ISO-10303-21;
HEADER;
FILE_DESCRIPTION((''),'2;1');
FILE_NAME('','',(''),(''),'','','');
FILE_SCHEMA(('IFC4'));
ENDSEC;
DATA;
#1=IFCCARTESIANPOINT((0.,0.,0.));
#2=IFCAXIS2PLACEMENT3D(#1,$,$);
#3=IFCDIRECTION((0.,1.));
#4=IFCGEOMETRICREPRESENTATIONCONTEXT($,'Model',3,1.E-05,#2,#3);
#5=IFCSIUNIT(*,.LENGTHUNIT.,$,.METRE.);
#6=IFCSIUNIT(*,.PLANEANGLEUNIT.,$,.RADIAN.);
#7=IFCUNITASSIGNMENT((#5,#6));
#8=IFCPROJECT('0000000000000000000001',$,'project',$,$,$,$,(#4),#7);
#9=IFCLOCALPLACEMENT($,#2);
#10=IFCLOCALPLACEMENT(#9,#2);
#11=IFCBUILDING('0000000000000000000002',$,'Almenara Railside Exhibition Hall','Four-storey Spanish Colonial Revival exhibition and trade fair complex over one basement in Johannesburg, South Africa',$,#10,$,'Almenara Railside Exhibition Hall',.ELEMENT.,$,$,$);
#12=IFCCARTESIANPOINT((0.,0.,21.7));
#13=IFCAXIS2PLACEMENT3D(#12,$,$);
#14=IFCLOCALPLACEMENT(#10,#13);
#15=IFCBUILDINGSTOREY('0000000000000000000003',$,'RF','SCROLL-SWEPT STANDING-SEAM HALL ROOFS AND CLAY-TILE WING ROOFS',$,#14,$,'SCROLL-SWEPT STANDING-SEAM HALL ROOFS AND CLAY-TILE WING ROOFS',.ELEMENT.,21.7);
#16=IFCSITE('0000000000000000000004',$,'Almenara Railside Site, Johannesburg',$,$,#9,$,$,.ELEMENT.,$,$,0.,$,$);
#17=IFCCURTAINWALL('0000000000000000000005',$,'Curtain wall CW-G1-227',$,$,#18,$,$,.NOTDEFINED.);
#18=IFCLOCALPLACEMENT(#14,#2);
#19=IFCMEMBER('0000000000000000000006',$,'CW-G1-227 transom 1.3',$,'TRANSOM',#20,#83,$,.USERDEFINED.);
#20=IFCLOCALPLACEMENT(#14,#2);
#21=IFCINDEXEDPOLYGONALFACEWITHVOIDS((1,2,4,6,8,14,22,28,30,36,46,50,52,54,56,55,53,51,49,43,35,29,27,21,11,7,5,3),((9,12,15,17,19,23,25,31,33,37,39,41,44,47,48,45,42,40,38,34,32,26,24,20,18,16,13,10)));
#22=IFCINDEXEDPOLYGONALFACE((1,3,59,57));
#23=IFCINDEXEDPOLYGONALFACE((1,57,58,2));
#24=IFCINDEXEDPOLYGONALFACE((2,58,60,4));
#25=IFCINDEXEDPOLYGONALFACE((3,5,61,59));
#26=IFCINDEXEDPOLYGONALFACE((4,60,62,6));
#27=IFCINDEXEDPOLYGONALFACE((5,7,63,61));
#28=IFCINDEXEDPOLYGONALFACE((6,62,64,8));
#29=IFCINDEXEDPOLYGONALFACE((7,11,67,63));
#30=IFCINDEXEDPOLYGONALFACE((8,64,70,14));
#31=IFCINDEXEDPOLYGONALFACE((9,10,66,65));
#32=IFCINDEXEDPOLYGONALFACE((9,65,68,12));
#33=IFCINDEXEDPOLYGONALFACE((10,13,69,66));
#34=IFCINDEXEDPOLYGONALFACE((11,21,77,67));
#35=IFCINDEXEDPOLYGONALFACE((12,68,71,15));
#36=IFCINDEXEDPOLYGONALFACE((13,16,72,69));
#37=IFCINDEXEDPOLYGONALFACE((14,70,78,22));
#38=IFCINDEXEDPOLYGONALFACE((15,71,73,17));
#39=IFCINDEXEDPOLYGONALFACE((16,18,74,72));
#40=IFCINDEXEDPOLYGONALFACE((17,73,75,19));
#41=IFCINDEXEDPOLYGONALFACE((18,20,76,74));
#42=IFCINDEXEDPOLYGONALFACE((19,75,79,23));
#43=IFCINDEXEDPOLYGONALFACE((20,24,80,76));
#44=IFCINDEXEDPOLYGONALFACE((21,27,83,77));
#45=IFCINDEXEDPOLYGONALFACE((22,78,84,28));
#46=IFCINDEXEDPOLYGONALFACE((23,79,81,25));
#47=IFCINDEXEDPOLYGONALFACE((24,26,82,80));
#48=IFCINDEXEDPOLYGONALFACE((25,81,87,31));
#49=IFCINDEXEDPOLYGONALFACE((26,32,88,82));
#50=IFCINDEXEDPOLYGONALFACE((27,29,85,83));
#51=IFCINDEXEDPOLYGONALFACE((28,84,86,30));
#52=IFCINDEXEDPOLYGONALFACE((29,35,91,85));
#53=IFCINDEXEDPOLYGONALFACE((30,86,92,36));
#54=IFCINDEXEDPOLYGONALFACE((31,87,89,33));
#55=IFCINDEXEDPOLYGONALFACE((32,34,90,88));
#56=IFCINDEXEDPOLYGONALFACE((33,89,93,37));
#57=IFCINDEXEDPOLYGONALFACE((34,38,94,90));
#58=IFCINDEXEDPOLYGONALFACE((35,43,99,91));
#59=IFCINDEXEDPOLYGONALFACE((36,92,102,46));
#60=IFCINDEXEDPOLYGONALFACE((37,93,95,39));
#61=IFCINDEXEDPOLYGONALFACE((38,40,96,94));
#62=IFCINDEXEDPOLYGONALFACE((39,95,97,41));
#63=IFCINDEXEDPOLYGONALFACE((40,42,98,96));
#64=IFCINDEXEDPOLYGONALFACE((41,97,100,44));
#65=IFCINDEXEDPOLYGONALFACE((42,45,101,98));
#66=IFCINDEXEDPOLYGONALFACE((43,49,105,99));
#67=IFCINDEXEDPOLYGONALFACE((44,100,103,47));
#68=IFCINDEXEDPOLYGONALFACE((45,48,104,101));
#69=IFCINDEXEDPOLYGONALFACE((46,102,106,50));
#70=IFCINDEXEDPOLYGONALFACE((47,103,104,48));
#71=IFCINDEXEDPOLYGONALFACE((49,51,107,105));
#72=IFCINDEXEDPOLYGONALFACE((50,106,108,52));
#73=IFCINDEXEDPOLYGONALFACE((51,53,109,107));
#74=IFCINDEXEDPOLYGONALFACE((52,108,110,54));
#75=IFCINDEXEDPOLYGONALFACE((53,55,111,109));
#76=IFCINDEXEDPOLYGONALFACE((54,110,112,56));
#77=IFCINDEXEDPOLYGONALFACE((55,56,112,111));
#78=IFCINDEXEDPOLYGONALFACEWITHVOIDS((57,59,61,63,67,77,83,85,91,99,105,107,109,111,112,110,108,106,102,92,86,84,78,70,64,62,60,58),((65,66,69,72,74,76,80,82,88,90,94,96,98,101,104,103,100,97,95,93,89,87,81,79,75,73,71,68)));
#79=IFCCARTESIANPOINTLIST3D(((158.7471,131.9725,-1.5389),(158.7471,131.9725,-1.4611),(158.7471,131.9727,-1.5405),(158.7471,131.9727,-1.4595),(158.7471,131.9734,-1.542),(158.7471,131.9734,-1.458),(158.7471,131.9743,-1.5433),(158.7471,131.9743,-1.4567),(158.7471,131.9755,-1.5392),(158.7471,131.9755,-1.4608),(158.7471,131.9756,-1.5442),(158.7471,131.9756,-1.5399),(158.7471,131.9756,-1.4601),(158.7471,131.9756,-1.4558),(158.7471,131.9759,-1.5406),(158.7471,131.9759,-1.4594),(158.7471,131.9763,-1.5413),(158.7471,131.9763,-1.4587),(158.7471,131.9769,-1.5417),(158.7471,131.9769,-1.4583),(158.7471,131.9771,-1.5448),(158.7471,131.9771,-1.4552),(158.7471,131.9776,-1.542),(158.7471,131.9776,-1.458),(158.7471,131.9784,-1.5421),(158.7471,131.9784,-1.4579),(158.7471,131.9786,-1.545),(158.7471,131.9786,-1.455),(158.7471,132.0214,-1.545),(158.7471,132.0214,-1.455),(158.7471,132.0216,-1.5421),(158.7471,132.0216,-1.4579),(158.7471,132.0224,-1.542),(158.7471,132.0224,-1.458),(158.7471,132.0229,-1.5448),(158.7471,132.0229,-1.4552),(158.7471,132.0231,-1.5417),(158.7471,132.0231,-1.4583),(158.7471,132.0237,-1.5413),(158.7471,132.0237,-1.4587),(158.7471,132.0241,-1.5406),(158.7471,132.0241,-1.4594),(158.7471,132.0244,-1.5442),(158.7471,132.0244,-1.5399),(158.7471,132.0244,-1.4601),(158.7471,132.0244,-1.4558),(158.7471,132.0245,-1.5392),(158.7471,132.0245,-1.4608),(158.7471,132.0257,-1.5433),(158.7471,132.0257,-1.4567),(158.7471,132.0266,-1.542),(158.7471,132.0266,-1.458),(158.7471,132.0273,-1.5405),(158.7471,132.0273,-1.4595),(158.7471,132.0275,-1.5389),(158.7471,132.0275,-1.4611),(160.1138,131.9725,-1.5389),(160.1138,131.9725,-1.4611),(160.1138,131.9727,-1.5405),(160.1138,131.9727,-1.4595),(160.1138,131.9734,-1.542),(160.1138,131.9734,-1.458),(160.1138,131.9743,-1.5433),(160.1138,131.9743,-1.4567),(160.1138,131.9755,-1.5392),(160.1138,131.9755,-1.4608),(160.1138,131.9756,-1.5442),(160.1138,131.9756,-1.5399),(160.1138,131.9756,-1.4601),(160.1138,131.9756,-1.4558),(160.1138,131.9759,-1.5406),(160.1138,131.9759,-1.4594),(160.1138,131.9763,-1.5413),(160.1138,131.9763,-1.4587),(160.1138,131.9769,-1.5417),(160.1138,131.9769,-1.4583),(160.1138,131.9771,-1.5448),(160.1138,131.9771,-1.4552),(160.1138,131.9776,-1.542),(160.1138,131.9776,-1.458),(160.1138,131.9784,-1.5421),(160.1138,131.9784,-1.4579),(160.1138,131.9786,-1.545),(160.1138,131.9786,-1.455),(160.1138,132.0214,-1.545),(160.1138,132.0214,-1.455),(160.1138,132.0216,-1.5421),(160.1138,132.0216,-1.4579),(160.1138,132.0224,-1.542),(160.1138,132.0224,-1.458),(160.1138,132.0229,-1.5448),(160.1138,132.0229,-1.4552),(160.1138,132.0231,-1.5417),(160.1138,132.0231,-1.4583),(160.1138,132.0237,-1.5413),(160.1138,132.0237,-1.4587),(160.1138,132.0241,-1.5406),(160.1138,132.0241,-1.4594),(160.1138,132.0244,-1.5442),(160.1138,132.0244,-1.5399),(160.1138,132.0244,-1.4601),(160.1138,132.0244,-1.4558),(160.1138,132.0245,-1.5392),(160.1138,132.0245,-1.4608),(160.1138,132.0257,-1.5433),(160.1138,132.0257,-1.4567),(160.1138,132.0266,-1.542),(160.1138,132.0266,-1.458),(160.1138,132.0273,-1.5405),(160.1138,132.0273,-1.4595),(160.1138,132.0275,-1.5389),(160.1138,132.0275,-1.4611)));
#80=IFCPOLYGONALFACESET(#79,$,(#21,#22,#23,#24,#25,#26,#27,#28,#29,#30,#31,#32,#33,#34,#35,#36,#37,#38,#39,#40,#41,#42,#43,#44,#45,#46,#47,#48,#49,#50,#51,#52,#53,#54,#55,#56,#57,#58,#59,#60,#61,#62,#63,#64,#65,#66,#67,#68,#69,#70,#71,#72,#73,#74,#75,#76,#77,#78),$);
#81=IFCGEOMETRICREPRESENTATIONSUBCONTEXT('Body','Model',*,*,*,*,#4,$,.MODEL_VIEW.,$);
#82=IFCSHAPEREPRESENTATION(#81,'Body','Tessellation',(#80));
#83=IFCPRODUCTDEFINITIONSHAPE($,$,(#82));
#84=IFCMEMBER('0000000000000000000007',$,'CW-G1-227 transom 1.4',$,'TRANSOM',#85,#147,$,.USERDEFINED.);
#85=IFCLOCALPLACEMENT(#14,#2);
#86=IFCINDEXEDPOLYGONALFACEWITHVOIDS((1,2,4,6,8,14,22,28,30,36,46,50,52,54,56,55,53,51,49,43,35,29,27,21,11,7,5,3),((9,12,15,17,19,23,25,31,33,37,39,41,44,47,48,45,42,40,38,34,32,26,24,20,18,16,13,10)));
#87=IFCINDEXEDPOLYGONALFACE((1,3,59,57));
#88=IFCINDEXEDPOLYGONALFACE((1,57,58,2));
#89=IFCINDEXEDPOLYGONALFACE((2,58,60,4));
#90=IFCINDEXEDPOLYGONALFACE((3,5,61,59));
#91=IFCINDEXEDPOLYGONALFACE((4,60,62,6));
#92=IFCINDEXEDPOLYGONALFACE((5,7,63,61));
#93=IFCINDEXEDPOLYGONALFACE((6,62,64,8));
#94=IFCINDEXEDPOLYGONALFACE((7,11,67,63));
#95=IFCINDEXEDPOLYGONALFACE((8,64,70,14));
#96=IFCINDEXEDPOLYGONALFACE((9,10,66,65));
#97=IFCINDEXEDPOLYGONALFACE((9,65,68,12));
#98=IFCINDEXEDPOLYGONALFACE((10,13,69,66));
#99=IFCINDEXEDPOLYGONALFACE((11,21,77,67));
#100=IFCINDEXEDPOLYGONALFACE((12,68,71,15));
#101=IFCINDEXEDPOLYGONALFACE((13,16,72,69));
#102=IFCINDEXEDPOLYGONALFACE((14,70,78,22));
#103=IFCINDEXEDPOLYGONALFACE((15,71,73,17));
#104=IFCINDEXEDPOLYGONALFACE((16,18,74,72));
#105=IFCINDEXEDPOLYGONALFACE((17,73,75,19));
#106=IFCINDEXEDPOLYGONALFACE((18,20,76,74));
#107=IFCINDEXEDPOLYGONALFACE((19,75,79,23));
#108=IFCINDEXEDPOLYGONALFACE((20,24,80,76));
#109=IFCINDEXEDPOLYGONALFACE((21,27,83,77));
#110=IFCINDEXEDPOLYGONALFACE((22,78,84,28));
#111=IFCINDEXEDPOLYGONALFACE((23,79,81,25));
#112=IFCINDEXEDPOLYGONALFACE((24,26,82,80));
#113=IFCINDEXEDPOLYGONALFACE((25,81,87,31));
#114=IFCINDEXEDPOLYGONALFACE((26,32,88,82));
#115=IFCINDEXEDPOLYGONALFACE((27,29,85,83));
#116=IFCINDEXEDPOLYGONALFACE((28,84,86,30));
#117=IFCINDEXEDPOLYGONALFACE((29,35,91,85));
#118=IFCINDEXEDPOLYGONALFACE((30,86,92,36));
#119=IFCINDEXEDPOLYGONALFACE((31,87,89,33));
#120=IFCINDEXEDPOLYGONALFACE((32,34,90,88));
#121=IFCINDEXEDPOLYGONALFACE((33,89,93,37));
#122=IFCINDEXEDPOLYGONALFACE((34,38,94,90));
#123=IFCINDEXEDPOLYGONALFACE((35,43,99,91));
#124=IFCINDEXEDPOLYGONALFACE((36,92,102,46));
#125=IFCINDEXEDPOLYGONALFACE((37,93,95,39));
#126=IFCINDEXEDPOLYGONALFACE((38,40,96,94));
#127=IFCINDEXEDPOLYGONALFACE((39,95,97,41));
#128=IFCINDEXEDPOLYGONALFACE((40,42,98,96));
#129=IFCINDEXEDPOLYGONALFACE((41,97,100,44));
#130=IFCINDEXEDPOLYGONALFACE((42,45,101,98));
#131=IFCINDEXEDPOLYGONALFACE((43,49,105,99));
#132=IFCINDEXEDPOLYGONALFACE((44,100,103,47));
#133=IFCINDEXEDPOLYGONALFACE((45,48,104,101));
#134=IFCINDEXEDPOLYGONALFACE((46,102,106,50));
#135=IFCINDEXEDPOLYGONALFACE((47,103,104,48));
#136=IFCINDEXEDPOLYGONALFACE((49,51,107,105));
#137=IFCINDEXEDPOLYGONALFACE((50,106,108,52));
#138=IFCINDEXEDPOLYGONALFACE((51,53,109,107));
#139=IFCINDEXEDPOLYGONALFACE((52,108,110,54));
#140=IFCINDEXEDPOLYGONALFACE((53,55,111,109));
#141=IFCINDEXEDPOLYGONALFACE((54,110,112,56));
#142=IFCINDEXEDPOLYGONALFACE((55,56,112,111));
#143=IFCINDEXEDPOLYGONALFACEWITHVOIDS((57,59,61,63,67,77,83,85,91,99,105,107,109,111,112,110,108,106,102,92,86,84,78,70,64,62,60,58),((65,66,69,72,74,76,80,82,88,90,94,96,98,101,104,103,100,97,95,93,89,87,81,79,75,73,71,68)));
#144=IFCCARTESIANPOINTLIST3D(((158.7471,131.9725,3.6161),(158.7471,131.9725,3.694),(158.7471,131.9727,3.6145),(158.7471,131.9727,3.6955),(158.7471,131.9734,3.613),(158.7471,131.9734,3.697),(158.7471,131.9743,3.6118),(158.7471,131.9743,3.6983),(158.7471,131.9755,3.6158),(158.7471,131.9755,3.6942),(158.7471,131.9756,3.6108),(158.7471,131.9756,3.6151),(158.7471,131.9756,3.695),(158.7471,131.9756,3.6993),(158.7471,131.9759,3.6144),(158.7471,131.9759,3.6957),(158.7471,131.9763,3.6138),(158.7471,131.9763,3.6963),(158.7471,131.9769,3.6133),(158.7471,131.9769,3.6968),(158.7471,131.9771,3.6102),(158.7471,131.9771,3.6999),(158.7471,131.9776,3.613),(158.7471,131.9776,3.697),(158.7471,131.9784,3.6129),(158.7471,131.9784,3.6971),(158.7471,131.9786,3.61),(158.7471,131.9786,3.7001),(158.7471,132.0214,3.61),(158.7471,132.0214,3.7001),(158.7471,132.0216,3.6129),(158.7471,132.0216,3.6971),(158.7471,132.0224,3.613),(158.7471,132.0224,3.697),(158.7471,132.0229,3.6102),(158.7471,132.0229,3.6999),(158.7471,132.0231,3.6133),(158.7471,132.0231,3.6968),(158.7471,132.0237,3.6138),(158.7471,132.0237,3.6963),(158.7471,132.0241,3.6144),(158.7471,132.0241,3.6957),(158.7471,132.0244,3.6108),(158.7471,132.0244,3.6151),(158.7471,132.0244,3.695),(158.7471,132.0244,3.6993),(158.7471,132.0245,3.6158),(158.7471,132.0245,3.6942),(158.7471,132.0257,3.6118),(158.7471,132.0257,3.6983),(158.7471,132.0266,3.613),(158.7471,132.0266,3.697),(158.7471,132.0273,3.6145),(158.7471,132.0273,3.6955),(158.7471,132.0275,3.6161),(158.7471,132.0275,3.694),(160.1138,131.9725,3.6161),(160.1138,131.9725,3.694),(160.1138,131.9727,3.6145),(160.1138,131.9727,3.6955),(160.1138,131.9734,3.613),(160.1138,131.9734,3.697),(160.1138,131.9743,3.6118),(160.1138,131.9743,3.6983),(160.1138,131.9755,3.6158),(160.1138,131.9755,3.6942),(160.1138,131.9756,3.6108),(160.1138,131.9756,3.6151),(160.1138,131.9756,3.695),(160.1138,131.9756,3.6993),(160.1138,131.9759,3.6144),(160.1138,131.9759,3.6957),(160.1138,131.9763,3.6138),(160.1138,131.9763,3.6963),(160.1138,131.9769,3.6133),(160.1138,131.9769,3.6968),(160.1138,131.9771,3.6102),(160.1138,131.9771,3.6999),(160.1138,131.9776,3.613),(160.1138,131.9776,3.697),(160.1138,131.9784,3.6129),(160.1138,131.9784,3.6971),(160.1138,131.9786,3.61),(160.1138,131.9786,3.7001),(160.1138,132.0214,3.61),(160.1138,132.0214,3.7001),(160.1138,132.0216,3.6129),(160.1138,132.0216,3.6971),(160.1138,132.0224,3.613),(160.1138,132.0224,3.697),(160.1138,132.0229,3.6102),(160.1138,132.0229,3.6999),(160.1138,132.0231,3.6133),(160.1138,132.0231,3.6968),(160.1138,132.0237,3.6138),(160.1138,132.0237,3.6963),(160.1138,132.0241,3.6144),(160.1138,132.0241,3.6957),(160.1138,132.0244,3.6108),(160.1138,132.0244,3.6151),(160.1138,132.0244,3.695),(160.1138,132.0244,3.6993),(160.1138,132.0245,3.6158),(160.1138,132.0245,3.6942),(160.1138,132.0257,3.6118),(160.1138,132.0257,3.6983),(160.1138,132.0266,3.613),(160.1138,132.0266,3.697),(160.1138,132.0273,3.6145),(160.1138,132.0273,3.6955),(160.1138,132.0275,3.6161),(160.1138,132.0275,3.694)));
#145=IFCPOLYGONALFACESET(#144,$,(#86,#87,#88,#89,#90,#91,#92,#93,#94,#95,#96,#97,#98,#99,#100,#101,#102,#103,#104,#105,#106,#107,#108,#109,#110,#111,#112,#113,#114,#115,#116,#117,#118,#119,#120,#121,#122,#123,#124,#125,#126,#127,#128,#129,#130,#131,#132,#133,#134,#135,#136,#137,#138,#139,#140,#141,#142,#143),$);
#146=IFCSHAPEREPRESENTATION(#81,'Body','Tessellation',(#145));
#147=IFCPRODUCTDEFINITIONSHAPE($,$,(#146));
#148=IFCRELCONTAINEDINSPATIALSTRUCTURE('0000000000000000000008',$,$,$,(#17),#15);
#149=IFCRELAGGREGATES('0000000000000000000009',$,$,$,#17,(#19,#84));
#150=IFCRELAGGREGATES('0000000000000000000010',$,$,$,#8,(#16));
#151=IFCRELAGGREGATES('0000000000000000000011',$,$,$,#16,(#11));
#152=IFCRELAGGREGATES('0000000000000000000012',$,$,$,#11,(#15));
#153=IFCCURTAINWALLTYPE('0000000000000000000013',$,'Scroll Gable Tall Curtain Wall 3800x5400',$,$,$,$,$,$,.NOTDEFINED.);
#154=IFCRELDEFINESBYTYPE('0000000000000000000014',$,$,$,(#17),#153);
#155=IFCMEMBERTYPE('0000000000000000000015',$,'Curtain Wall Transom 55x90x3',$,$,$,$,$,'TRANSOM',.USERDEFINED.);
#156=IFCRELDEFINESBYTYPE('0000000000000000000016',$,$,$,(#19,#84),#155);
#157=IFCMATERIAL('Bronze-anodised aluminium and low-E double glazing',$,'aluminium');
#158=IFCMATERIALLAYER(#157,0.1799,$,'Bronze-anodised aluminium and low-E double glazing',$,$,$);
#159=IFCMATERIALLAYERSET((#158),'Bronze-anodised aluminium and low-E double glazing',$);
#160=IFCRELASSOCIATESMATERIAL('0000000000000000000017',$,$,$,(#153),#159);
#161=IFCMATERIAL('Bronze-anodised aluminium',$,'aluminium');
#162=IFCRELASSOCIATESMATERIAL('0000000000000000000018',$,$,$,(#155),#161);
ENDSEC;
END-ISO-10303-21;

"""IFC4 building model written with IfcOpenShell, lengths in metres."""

from ifc_helpers import new_model, si_unit, direction, frame, origin, origin_2d, place, context, subcontext, project, spatial, hollow_rectangle, extrude, material, layer, layer_set, material_profile, profile_set, type_object, element, aggregate, save


model = new_model("IFC4")

# Units and contexts
model_context = context("Model", 3, precision=1e-05, world=origin(), true_north=direction((0.0, 1.0)))
body_context = subcontext(model_context, "Body", "Model", "MODEL_VIEW")
ifc_project = project(units=[si_unit("LENGTHUNIT", "METRE"), si_unit("PLANEANGLEUNIT", "RADIAN")], contexts=[model_context])

# Site, building, storey
site_placement = place(None, origin())
site = spatial("IfcSite", under=ifc_project, at=site_placement, Name="Almenara Railside Site, Johannesburg", CompositionType="ELEMENT", RefElevation=0.0)
building_placement = place(site_placement, origin())
building = spatial("IfcBuilding", under=site, at=building_placement, Name="Almenara Railside Exhibition Hall", Description="Four-storey Spanish Colonial Revival exhibition and trade fair complex over one basement in Johannesburg, South Africa", LongName="Almenara Railside Exhibition Hall", CompositionType="ELEMENT")
storey_placement = place(building_placement, frame((0.0, 0.0, 21.7)))
storey = spatial("IfcBuildingStorey", under=building, at=storey_placement, Name="RF", Description="SCROLL-SWEPT STANDING-SEAM HALL ROOFS AND CLAY-TILE WING ROOFS", LongName="SCROLL-SWEPT STANDING-SEAM HALL ROOFS AND CLAY-TILE WING ROOFS", CompositionType="ELEMENT", Elevation=21.7)

# Curtain wall, members
ifc_material_1 = material(Name="Bronze-anodised aluminium and low-E double glazing", Category="aluminium")
ifc_layer_1 = layer(ifc_material_1, 0.1799, Name="Bronze-anodised aluminium and low-E double glazing")
ifc_layer_set_1 = layer_set([ifc_layer_1], Name="Bronze-anodised aluminium and low-E double glazing")
curtain_wall_type = type_object("IfcCurtainWallType", Name="Scroll Gable Tall Curtain Wall 3800x5400", PredefinedType="NOTDEFINED", material=ifc_layer_set_1)
curtain_wall_1_placement = place(storey_placement, origin())
curtain_wall_1 = element("IfcCurtainWall", 1, at=curtain_wall_1_placement, inside=storey, type_object=curtain_wall_type, Name="Curtain wall CW-G1-227", PredefinedType="NOTDEFINED")
ifc_material_2 = material(Name="Bronze-anodised aluminium", Category="aluminium")
ifc_material_profile_1 = material_profile(ifc_material_2, hollow_rectangle(XDim=0.0549, YDim=0.0901, WallThickness=0.0029, InnerFilletRadius=0.0029, OuterFilletRadius=0.0061, at=origin_2d()), Name="ALU-TRN 55x90x3")
ifc_profile_set_1 = profile_set([ifc_material_profile_1], Name="Bronze-anodised aluminium")
member_type_1 = type_object("IfcMemberType", Name="Curtain Wall Transom 55x90x3", ElementType="TRANSOM", PredefinedType="USERDEFINED", material=ifc_profile_set_1)
member_1_placement = place(storey_placement, frame((158.7471, 132.0, -1.5), z_axis=(1.0, 0.0, 0.0), x_axis=(0.0, 1.0, 0.0)))
member_1 = element("IfcMember", 2, at=member_1_placement, type_object=member_type_1, Name="CW-G1-227 transom 1.3", ObjectType="TRANSOM", PredefinedType="USERDEFINED", context=body_context, shape_type="SweptSolid", body=[
    extrude(hollow_rectangle(XDim=0.0549, YDim=0.0901, WallThickness=0.0029, InnerFilletRadius=0.0029, OuterFilletRadius=0.0061, at=origin_2d()), origin(), (0.0, 0.0, 1.0), 1.3667),
])
member_2_placement = place(storey_placement, frame((158.7471, 132.0, 3.655), z_axis=(1.0, 0.0, 0.0), x_axis=(0.0, 1.0, 0.0)))
member_2 = element("IfcMember", 3, at=member_2_placement, type_object=member_type_1, Name="CW-G1-227 transom 1.4", ObjectType="TRANSOM", PredefinedType="USERDEFINED", context=body_context, shape_type="SweptSolid", body=[
    extrude(hollow_rectangle(XDim=0.0549, YDim=0.0901, WallThickness=0.0029, InnerFilletRadius=0.0029, OuterFilletRadius=0.0061, at=origin_2d()), origin(), (0.0, 0.0, 1.0), 1.3667),
])

aggregate(curtain_wall_1, [member_1, member_2])

save(model, "model.ifc")
